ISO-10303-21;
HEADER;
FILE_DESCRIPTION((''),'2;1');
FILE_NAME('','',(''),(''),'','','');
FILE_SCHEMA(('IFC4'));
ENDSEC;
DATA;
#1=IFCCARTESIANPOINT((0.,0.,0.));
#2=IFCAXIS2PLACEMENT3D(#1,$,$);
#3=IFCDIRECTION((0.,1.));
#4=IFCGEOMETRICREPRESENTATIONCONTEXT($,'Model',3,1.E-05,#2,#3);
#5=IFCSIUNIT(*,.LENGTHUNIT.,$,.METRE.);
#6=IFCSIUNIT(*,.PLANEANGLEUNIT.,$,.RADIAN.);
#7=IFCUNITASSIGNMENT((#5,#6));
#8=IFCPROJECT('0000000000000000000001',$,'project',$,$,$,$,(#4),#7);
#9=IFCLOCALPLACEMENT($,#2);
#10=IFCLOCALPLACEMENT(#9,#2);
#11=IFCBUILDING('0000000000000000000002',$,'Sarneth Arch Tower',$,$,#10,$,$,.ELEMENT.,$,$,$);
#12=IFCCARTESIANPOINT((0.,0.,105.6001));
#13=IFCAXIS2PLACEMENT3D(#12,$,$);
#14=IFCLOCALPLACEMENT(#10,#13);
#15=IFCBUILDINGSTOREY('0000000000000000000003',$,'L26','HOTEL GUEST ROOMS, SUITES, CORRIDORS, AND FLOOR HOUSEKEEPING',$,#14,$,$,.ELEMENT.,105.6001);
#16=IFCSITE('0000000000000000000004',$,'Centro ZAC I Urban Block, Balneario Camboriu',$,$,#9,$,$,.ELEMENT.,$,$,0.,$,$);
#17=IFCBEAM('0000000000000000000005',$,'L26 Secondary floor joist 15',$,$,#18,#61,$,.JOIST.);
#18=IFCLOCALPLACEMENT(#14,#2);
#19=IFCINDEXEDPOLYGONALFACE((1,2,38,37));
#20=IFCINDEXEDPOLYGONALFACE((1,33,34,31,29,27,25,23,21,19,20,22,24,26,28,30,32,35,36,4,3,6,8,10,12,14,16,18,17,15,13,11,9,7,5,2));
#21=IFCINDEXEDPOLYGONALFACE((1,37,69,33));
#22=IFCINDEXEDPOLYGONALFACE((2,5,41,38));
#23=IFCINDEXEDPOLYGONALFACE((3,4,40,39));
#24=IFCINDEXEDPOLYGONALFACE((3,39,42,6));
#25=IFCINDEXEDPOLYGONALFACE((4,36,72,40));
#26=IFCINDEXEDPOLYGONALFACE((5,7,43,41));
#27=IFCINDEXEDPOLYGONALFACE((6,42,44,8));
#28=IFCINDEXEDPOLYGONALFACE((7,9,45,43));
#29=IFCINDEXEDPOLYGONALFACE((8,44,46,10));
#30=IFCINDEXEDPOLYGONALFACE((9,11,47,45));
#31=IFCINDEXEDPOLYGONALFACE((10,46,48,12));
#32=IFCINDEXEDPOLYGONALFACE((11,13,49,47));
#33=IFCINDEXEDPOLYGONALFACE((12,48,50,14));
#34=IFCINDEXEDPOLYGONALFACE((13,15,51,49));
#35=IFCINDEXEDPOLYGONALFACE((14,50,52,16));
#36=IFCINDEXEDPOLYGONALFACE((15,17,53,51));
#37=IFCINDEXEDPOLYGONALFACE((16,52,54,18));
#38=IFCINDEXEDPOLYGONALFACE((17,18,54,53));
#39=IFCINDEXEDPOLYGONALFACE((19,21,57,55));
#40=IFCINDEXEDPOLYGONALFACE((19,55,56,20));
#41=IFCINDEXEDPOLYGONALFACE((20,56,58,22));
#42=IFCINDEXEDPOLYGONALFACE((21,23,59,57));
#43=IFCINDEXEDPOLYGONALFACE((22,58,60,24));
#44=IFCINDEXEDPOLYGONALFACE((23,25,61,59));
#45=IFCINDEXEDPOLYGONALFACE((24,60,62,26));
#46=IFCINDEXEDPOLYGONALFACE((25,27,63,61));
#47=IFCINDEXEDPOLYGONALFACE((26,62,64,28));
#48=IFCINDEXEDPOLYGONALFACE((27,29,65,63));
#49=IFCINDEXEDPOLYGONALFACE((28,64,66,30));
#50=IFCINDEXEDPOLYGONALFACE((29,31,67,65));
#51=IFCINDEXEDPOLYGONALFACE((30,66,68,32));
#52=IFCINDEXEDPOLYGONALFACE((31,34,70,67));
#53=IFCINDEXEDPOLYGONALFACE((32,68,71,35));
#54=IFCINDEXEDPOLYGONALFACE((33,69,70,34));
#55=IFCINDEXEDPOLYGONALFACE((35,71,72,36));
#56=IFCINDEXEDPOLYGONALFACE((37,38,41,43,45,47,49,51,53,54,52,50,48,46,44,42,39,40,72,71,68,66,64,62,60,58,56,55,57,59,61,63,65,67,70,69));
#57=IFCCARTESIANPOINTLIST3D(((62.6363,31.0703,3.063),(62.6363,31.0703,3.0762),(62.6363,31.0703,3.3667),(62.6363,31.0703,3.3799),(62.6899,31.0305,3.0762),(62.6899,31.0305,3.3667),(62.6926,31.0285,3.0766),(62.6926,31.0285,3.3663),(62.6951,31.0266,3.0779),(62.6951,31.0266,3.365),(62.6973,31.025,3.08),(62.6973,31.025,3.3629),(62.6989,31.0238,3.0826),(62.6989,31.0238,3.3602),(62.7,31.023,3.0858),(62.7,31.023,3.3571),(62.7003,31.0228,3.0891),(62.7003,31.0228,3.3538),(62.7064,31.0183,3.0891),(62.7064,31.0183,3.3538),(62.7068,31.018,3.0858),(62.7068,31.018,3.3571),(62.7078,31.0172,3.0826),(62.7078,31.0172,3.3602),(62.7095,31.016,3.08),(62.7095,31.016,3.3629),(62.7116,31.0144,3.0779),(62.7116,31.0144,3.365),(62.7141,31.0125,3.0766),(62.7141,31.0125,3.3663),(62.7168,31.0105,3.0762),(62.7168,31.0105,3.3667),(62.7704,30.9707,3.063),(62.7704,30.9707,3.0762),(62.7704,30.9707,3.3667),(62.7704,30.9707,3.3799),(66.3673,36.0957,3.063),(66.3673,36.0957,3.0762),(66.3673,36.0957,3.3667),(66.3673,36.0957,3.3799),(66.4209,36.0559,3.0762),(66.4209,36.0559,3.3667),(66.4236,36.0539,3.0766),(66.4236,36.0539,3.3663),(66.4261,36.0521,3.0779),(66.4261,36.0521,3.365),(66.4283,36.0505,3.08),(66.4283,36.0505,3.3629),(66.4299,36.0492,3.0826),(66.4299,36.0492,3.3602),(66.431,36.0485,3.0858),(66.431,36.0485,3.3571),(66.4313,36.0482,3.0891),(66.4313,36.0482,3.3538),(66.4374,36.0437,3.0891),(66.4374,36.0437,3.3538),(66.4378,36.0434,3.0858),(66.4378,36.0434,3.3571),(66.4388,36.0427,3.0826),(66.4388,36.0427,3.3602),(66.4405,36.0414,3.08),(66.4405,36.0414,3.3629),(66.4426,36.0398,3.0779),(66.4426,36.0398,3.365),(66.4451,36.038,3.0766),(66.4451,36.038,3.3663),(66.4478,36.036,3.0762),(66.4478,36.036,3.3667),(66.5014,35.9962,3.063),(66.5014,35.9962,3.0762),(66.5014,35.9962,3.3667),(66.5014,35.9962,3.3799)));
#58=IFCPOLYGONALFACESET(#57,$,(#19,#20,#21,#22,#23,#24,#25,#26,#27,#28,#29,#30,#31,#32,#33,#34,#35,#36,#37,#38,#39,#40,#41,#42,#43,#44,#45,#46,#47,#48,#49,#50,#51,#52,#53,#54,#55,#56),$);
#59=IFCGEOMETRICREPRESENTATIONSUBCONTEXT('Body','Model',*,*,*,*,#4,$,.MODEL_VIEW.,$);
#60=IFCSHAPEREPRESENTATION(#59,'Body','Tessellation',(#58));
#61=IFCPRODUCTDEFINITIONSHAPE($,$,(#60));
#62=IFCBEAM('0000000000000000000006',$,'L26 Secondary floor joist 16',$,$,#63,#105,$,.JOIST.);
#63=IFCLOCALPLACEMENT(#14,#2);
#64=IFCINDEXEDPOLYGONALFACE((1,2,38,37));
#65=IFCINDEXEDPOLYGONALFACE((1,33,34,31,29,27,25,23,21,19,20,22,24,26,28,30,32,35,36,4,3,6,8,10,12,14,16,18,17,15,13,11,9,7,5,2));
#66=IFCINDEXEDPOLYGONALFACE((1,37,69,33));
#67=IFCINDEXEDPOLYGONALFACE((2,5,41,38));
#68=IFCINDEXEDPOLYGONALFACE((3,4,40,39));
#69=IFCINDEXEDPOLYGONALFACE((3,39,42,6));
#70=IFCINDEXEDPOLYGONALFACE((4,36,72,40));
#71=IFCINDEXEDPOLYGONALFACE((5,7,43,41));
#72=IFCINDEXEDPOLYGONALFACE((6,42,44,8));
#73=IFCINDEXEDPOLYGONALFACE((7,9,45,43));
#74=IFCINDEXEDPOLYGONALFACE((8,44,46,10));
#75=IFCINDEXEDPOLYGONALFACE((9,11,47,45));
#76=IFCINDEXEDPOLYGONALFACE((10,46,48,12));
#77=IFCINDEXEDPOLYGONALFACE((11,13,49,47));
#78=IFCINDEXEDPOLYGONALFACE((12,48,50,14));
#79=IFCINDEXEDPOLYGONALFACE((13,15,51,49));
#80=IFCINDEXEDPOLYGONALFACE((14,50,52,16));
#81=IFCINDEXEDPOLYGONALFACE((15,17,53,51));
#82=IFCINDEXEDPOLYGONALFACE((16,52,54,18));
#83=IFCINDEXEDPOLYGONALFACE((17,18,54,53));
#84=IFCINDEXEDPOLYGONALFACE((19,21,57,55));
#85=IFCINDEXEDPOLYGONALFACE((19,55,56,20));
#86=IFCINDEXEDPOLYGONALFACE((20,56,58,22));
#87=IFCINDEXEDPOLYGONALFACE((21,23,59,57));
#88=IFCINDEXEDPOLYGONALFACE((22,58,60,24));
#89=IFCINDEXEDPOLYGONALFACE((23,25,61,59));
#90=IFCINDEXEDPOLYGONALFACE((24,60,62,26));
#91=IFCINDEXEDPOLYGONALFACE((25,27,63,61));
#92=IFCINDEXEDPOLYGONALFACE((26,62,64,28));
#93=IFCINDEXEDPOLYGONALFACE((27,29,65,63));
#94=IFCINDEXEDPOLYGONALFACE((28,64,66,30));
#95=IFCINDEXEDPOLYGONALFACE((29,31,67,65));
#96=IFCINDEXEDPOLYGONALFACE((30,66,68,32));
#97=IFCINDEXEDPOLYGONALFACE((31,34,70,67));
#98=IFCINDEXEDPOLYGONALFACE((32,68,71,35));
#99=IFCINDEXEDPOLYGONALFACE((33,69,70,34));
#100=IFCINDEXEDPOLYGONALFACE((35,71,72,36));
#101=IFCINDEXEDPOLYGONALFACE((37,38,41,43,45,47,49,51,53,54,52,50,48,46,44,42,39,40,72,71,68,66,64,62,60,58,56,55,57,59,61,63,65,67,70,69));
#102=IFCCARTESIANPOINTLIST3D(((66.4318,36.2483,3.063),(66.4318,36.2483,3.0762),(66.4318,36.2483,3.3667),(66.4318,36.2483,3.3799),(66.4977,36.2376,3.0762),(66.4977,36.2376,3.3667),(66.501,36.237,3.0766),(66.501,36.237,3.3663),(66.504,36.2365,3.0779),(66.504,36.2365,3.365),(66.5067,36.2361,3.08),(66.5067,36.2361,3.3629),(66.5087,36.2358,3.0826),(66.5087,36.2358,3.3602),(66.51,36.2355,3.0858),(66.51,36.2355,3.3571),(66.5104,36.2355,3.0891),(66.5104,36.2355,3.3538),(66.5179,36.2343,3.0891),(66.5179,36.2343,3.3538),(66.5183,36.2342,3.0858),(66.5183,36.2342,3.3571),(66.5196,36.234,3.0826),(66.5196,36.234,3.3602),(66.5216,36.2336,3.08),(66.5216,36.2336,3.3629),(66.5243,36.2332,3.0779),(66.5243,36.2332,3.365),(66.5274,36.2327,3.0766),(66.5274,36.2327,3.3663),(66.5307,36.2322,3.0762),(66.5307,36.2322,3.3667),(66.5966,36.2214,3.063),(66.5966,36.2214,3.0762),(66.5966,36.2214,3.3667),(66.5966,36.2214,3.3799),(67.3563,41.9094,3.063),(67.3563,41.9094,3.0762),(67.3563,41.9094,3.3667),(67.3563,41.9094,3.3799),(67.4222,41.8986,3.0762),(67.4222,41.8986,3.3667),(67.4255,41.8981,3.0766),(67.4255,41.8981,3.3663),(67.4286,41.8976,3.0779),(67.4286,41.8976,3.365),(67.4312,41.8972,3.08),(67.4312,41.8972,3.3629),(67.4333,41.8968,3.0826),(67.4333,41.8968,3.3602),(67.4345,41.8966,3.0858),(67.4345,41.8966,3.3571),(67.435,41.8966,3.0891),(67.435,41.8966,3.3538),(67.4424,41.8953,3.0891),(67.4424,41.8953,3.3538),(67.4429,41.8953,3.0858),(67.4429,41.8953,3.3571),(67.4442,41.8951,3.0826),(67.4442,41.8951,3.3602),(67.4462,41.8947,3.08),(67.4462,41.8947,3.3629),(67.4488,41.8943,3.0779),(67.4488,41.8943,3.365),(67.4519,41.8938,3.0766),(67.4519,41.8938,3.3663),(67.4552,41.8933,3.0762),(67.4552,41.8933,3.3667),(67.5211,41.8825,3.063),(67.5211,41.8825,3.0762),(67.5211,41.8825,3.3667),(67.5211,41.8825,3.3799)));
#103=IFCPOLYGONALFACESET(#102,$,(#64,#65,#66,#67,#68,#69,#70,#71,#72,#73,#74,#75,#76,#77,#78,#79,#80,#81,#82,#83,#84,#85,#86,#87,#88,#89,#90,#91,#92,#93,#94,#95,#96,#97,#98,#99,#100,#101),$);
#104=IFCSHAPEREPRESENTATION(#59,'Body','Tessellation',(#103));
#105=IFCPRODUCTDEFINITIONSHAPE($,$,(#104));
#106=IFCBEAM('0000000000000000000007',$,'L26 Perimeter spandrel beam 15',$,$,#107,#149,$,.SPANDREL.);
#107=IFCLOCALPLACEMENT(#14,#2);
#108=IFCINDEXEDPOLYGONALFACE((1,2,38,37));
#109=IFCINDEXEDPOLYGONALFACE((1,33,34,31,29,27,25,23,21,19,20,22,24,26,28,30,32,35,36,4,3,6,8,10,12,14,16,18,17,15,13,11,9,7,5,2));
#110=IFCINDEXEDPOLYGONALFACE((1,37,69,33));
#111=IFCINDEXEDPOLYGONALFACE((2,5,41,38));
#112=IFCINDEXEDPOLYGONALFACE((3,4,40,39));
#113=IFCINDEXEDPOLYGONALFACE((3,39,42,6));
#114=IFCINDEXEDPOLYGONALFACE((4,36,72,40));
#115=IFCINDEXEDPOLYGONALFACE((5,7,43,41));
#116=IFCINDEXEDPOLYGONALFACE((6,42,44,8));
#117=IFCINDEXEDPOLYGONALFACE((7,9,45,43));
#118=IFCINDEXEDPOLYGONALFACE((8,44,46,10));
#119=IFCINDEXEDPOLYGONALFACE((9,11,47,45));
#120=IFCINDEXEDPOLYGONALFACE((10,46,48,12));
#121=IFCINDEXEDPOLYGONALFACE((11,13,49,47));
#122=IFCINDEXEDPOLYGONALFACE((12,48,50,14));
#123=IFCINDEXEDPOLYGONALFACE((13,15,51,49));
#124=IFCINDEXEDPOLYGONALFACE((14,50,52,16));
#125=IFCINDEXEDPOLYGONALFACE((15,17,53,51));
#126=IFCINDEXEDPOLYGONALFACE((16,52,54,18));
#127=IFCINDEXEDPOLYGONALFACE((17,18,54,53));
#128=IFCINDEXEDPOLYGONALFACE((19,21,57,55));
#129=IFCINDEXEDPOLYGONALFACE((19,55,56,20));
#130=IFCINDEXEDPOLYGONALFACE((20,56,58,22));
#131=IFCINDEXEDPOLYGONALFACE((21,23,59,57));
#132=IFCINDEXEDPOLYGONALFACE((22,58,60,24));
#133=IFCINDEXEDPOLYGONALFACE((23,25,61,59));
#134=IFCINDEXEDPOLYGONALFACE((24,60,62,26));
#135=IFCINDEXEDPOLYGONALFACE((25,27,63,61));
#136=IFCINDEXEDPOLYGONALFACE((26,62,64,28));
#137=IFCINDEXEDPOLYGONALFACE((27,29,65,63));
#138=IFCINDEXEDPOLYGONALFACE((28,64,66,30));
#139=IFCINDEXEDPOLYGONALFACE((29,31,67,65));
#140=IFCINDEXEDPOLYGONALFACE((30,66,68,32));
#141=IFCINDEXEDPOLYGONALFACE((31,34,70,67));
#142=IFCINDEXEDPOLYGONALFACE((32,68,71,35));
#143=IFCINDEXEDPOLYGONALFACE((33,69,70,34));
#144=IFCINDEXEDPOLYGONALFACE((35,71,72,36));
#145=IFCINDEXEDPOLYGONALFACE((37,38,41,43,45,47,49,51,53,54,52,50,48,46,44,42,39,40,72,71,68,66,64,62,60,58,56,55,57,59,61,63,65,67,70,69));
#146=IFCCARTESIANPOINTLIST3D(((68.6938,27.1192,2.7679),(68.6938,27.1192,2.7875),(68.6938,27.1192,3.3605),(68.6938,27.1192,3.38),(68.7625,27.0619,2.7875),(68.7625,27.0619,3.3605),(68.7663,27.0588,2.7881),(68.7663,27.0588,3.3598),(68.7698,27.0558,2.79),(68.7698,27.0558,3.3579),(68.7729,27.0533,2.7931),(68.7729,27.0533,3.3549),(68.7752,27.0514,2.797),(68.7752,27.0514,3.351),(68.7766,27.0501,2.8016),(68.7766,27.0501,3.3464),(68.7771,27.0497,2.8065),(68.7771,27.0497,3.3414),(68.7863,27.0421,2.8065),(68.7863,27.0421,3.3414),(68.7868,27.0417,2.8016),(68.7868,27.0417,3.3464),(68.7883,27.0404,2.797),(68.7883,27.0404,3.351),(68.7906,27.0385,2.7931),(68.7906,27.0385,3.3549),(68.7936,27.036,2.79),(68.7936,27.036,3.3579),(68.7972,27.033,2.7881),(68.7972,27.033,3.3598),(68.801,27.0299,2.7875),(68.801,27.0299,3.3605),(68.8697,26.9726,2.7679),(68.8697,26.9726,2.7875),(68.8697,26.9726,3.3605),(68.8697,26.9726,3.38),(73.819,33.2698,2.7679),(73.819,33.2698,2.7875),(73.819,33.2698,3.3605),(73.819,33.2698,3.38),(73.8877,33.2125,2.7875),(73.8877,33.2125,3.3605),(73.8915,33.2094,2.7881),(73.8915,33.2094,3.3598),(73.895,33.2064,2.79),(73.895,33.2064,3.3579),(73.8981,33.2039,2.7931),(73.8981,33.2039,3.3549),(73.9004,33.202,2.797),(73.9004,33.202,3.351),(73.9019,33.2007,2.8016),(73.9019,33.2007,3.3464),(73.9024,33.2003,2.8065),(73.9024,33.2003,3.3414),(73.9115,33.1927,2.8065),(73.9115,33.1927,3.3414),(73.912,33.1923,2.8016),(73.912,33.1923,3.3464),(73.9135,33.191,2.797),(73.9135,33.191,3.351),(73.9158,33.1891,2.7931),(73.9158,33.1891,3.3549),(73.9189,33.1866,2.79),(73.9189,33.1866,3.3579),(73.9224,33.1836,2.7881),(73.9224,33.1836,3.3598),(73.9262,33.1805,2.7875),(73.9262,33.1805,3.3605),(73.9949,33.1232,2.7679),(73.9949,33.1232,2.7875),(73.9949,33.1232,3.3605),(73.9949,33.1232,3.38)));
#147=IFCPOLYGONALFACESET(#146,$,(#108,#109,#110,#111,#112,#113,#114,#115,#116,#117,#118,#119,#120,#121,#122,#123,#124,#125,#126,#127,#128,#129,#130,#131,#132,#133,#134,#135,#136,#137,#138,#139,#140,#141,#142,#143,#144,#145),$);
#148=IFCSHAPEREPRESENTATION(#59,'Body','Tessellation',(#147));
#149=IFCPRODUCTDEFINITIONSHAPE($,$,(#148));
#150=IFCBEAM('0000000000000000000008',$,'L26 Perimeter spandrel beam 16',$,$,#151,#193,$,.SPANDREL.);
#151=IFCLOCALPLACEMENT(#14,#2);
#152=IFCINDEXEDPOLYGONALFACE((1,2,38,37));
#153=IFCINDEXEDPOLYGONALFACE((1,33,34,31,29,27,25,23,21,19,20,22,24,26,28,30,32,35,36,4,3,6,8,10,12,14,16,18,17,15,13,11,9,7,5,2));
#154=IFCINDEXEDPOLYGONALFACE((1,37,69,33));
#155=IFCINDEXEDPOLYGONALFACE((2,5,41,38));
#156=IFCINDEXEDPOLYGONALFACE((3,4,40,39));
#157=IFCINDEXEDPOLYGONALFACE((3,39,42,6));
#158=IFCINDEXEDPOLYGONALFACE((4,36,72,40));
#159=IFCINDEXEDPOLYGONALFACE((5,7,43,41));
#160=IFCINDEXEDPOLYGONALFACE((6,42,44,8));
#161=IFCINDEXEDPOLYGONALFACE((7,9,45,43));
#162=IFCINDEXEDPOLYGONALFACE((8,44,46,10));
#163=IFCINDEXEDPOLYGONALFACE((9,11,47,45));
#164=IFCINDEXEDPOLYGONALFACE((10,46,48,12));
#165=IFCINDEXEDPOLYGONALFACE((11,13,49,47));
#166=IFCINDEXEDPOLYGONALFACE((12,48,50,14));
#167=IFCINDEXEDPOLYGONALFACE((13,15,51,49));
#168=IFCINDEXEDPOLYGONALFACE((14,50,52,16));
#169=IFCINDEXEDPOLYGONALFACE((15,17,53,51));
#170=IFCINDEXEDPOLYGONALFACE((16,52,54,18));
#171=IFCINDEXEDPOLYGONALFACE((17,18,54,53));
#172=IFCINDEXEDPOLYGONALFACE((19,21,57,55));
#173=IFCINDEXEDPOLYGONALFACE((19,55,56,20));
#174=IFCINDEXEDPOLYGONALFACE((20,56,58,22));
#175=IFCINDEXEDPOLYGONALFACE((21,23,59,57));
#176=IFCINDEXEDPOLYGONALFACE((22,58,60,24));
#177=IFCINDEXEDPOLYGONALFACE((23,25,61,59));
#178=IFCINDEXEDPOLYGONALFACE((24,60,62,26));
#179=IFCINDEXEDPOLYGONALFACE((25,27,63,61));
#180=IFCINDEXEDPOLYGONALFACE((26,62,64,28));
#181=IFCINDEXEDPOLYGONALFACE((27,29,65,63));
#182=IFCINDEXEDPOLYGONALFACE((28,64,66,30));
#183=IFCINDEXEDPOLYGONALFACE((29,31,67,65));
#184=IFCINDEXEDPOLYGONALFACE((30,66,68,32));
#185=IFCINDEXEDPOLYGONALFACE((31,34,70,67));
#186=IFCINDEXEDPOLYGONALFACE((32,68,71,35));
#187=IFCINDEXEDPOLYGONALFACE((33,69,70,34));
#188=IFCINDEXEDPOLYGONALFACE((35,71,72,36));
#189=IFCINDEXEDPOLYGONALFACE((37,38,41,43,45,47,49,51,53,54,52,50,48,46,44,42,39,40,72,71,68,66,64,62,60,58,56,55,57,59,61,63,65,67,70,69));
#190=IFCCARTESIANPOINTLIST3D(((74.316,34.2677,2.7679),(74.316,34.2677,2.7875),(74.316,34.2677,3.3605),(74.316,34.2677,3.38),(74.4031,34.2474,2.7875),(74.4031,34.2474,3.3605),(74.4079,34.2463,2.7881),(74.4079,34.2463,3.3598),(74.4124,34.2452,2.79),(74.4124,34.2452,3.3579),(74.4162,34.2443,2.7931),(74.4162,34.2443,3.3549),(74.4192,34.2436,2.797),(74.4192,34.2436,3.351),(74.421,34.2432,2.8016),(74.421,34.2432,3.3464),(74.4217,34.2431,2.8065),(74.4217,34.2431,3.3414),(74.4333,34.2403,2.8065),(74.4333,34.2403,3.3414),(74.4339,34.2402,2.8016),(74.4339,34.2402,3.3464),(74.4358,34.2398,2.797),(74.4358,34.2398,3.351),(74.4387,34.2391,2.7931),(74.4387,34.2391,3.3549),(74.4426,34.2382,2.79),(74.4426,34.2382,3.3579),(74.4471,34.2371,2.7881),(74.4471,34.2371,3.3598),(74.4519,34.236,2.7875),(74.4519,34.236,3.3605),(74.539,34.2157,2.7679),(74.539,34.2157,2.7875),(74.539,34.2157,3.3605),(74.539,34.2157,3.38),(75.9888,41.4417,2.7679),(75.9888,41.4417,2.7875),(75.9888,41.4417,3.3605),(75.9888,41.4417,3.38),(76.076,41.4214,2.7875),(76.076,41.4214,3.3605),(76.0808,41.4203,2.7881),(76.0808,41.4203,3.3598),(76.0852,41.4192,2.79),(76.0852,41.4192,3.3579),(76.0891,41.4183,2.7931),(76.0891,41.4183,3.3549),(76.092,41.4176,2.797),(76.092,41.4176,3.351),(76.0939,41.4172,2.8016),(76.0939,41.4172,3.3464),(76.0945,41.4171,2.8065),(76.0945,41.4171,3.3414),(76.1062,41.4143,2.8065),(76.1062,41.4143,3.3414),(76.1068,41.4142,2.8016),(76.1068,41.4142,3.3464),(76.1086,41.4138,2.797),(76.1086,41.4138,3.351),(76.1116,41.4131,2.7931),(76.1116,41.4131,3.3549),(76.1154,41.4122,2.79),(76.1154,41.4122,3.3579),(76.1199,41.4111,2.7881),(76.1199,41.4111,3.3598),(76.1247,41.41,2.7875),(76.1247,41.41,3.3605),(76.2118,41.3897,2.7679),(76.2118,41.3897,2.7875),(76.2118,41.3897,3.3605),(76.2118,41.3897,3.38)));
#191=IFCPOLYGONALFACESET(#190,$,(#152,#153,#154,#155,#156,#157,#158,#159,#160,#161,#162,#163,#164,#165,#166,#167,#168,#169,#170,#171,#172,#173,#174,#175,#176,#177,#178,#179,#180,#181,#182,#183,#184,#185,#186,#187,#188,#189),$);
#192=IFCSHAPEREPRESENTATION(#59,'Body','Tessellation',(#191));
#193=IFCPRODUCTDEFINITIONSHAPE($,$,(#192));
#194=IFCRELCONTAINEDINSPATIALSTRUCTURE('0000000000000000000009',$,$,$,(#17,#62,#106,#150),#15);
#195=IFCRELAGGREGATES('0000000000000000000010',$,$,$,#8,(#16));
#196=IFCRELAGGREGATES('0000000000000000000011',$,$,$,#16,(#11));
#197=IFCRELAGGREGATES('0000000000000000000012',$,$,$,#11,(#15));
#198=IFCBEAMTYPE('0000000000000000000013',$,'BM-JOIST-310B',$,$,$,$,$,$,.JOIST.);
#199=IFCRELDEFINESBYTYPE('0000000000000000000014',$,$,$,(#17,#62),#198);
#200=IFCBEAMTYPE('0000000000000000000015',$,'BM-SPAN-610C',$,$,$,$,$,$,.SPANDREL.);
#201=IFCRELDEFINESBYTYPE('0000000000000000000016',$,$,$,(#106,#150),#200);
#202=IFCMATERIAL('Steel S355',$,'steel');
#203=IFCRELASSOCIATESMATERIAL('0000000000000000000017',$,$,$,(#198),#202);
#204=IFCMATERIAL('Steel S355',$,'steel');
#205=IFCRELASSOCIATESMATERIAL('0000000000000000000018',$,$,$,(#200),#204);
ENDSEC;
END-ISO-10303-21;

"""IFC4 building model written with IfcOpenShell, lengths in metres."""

from ifc_helpers import new_model, si_unit, direction, frame, origin, origin_2d, place, context, subcontext, project, spatial, i_section, extrude, material, material_profile, profile_set, type_object, element, save


model = new_model("IFC4")

# Units and contexts
model_context = context("Model", 3, precision=1e-05, world=origin(), true_north=direction((0.0, 1.0)))
body_context = subcontext(model_context, "Body", "Model", "MODEL_VIEW")
ifc_project = project(units=[si_unit("LENGTHUNIT", "METRE"), si_unit("PLANEANGLEUNIT", "RADIAN")], contexts=[model_context])

# Site, building, storey
site_placement = place(None, origin())
site = spatial("IfcSite", under=ifc_project, at=site_placement, Name="Centro ZAC I Urban Block, Balneario Camboriu", CompositionType="ELEMENT", RefElevation=0.0)
building_placement = place(site_placement, origin())
building = spatial("IfcBuilding", under=site, at=building_placement, Name="Sarneth Arch Tower", CompositionType="ELEMENT")
storey_placement = place(building_placement, frame((0.0, 0.0, 105.6001)))
storey = spatial("IfcBuildingStorey", under=building, at=storey_placement, Name="L26", Description="HOTEL GUEST ROOMS, SUITES, CORRIDORS, AND FLOOR HOUSEKEEPING", CompositionType="ELEMENT", Elevation=105.6001)

# Beams
ifc_material_1 = material(Name="Steel S355", Category="steel")
ifc_material_profile_1 = material_profile(ifc_material_1, i_section(OverallWidth=0.167, OverallDepth=0.3169, WebThickness=0.0076, FlangeThickness=0.0132, FilletRadius=0.0129, at=origin_2d()), Name="W310x52")
ifc_profile_set_1 = profile_set([ifc_material_profile_1], Name="Steel S355")
beam_type_1 = type_object("IfcBeamType", Name="BM-JOIST-310B", PredefinedType="JOIST", material=ifc_profile_set_1)
beam_1_placement = place(storey_placement, frame((62.7034, 31.0205, 3.2214), z_axis=(0.596098, 0.802911, 0.0), x_axis=(-0.802911, 0.596098, 0.0)))
element("IfcBeam", 1, at=beam_1_placement, inside=storey, type_object=beam_type_1, Name="L26 Secondary floor joist 15", PredefinedType="JOIST", context=body_context, shape_type="SweptSolid", body=[
    extrude(i_section(OverallWidth=0.167, OverallDepth=0.3169, WebThickness=0.0076, FlangeThickness=0.0132, FilletRadius=0.0129, at=origin_2d()), origin(), (0.0, 0.0, 1.0), 6.259),
])
beam_2_placement = place(storey_placement, frame((66.5142, 36.2349, 3.2214), z_axis=(0.161182, 0.986925, 0.0), x_axis=(-0.986925, 0.161182, 0.0)))
element("IfcBeam", 2, at=beam_2_placement, inside=storey, type_object=beam_type_1, Name="L26 Secondary floor joist 16", PredefinedType="JOIST", context=body_context, shape_type="SweptSolid", body=[
    extrude(i_section(OverallWidth=0.167, OverallDepth=0.3169, WebThickness=0.0076, FlangeThickness=0.0132, FilletRadius=0.0129, at=origin_2d()), origin(), (0.0, 0.0, 1.0), 5.7361),
])
ifc_material_2 = material(Name="Steel S355", Category="steel")
ifc_material_profile_2 = material_profile(ifc_material_2, i_section(OverallWidth=0.229, OverallDepth=0.6121, WebThickness=0.012, FlangeThickness=0.0195, FilletRadius=0.019, at=origin_2d()), Name="W610x125")
ifc_profile_set_2 = profile_set([ifc_material_profile_2], Name="Steel S355")
beam_type_2 = type_object("IfcBeamType", Name="BM-SPAN-610C", PredefinedType="SPANDREL", material=ifc_profile_set_2)
beam_3_placement = place(storey_placement, frame((68.7817, 27.0459, 3.074), z_axis=(0.640163, 0.768239, 0.0), x_axis=(-0.768239, 0.640163, 0.0)))
element("IfcBeam", 3, at=beam_3_placement, inside=storey, type_object=beam_type_2, Name="L26 Perimeter spandrel beam 15", PredefinedType="SPANDREL", context=body_context, shape_type="SweptSolid", body=[
    extrude(i_section(OverallWidth=0.229, OverallDepth=0.6121, WebThickness=0.012, FlangeThickness=0.0195, FilletRadius=0.019, at=origin_2d()), origin(), (0.0, 0.0, 1.0), 8.0061),
])
beam_4_placement = place(storey_placement, frame((74.4275, 34.2417, 3.074), z_axis=(0.227088, 0.973874, 0.0), x_axis=(-0.973874, 0.227088, 0.0)))
element("IfcBeam", 4, at=beam_4_placement, inside=storey, type_object=beam_type_2, Name="L26 Perimeter spandrel beam 16", PredefinedType="SPANDREL", context=body_context, shape_type="SweptSolid", body=[
    extrude(i_section(OverallWidth=0.229, OverallDepth=0.6121, WebThickness=0.012, FlangeThickness=0.0195, FilletRadius=0.019, at=origin_2d()), origin(), (0.0, 0.0, 1.0), 7.3665),
])

save(model, "model.ifc")
